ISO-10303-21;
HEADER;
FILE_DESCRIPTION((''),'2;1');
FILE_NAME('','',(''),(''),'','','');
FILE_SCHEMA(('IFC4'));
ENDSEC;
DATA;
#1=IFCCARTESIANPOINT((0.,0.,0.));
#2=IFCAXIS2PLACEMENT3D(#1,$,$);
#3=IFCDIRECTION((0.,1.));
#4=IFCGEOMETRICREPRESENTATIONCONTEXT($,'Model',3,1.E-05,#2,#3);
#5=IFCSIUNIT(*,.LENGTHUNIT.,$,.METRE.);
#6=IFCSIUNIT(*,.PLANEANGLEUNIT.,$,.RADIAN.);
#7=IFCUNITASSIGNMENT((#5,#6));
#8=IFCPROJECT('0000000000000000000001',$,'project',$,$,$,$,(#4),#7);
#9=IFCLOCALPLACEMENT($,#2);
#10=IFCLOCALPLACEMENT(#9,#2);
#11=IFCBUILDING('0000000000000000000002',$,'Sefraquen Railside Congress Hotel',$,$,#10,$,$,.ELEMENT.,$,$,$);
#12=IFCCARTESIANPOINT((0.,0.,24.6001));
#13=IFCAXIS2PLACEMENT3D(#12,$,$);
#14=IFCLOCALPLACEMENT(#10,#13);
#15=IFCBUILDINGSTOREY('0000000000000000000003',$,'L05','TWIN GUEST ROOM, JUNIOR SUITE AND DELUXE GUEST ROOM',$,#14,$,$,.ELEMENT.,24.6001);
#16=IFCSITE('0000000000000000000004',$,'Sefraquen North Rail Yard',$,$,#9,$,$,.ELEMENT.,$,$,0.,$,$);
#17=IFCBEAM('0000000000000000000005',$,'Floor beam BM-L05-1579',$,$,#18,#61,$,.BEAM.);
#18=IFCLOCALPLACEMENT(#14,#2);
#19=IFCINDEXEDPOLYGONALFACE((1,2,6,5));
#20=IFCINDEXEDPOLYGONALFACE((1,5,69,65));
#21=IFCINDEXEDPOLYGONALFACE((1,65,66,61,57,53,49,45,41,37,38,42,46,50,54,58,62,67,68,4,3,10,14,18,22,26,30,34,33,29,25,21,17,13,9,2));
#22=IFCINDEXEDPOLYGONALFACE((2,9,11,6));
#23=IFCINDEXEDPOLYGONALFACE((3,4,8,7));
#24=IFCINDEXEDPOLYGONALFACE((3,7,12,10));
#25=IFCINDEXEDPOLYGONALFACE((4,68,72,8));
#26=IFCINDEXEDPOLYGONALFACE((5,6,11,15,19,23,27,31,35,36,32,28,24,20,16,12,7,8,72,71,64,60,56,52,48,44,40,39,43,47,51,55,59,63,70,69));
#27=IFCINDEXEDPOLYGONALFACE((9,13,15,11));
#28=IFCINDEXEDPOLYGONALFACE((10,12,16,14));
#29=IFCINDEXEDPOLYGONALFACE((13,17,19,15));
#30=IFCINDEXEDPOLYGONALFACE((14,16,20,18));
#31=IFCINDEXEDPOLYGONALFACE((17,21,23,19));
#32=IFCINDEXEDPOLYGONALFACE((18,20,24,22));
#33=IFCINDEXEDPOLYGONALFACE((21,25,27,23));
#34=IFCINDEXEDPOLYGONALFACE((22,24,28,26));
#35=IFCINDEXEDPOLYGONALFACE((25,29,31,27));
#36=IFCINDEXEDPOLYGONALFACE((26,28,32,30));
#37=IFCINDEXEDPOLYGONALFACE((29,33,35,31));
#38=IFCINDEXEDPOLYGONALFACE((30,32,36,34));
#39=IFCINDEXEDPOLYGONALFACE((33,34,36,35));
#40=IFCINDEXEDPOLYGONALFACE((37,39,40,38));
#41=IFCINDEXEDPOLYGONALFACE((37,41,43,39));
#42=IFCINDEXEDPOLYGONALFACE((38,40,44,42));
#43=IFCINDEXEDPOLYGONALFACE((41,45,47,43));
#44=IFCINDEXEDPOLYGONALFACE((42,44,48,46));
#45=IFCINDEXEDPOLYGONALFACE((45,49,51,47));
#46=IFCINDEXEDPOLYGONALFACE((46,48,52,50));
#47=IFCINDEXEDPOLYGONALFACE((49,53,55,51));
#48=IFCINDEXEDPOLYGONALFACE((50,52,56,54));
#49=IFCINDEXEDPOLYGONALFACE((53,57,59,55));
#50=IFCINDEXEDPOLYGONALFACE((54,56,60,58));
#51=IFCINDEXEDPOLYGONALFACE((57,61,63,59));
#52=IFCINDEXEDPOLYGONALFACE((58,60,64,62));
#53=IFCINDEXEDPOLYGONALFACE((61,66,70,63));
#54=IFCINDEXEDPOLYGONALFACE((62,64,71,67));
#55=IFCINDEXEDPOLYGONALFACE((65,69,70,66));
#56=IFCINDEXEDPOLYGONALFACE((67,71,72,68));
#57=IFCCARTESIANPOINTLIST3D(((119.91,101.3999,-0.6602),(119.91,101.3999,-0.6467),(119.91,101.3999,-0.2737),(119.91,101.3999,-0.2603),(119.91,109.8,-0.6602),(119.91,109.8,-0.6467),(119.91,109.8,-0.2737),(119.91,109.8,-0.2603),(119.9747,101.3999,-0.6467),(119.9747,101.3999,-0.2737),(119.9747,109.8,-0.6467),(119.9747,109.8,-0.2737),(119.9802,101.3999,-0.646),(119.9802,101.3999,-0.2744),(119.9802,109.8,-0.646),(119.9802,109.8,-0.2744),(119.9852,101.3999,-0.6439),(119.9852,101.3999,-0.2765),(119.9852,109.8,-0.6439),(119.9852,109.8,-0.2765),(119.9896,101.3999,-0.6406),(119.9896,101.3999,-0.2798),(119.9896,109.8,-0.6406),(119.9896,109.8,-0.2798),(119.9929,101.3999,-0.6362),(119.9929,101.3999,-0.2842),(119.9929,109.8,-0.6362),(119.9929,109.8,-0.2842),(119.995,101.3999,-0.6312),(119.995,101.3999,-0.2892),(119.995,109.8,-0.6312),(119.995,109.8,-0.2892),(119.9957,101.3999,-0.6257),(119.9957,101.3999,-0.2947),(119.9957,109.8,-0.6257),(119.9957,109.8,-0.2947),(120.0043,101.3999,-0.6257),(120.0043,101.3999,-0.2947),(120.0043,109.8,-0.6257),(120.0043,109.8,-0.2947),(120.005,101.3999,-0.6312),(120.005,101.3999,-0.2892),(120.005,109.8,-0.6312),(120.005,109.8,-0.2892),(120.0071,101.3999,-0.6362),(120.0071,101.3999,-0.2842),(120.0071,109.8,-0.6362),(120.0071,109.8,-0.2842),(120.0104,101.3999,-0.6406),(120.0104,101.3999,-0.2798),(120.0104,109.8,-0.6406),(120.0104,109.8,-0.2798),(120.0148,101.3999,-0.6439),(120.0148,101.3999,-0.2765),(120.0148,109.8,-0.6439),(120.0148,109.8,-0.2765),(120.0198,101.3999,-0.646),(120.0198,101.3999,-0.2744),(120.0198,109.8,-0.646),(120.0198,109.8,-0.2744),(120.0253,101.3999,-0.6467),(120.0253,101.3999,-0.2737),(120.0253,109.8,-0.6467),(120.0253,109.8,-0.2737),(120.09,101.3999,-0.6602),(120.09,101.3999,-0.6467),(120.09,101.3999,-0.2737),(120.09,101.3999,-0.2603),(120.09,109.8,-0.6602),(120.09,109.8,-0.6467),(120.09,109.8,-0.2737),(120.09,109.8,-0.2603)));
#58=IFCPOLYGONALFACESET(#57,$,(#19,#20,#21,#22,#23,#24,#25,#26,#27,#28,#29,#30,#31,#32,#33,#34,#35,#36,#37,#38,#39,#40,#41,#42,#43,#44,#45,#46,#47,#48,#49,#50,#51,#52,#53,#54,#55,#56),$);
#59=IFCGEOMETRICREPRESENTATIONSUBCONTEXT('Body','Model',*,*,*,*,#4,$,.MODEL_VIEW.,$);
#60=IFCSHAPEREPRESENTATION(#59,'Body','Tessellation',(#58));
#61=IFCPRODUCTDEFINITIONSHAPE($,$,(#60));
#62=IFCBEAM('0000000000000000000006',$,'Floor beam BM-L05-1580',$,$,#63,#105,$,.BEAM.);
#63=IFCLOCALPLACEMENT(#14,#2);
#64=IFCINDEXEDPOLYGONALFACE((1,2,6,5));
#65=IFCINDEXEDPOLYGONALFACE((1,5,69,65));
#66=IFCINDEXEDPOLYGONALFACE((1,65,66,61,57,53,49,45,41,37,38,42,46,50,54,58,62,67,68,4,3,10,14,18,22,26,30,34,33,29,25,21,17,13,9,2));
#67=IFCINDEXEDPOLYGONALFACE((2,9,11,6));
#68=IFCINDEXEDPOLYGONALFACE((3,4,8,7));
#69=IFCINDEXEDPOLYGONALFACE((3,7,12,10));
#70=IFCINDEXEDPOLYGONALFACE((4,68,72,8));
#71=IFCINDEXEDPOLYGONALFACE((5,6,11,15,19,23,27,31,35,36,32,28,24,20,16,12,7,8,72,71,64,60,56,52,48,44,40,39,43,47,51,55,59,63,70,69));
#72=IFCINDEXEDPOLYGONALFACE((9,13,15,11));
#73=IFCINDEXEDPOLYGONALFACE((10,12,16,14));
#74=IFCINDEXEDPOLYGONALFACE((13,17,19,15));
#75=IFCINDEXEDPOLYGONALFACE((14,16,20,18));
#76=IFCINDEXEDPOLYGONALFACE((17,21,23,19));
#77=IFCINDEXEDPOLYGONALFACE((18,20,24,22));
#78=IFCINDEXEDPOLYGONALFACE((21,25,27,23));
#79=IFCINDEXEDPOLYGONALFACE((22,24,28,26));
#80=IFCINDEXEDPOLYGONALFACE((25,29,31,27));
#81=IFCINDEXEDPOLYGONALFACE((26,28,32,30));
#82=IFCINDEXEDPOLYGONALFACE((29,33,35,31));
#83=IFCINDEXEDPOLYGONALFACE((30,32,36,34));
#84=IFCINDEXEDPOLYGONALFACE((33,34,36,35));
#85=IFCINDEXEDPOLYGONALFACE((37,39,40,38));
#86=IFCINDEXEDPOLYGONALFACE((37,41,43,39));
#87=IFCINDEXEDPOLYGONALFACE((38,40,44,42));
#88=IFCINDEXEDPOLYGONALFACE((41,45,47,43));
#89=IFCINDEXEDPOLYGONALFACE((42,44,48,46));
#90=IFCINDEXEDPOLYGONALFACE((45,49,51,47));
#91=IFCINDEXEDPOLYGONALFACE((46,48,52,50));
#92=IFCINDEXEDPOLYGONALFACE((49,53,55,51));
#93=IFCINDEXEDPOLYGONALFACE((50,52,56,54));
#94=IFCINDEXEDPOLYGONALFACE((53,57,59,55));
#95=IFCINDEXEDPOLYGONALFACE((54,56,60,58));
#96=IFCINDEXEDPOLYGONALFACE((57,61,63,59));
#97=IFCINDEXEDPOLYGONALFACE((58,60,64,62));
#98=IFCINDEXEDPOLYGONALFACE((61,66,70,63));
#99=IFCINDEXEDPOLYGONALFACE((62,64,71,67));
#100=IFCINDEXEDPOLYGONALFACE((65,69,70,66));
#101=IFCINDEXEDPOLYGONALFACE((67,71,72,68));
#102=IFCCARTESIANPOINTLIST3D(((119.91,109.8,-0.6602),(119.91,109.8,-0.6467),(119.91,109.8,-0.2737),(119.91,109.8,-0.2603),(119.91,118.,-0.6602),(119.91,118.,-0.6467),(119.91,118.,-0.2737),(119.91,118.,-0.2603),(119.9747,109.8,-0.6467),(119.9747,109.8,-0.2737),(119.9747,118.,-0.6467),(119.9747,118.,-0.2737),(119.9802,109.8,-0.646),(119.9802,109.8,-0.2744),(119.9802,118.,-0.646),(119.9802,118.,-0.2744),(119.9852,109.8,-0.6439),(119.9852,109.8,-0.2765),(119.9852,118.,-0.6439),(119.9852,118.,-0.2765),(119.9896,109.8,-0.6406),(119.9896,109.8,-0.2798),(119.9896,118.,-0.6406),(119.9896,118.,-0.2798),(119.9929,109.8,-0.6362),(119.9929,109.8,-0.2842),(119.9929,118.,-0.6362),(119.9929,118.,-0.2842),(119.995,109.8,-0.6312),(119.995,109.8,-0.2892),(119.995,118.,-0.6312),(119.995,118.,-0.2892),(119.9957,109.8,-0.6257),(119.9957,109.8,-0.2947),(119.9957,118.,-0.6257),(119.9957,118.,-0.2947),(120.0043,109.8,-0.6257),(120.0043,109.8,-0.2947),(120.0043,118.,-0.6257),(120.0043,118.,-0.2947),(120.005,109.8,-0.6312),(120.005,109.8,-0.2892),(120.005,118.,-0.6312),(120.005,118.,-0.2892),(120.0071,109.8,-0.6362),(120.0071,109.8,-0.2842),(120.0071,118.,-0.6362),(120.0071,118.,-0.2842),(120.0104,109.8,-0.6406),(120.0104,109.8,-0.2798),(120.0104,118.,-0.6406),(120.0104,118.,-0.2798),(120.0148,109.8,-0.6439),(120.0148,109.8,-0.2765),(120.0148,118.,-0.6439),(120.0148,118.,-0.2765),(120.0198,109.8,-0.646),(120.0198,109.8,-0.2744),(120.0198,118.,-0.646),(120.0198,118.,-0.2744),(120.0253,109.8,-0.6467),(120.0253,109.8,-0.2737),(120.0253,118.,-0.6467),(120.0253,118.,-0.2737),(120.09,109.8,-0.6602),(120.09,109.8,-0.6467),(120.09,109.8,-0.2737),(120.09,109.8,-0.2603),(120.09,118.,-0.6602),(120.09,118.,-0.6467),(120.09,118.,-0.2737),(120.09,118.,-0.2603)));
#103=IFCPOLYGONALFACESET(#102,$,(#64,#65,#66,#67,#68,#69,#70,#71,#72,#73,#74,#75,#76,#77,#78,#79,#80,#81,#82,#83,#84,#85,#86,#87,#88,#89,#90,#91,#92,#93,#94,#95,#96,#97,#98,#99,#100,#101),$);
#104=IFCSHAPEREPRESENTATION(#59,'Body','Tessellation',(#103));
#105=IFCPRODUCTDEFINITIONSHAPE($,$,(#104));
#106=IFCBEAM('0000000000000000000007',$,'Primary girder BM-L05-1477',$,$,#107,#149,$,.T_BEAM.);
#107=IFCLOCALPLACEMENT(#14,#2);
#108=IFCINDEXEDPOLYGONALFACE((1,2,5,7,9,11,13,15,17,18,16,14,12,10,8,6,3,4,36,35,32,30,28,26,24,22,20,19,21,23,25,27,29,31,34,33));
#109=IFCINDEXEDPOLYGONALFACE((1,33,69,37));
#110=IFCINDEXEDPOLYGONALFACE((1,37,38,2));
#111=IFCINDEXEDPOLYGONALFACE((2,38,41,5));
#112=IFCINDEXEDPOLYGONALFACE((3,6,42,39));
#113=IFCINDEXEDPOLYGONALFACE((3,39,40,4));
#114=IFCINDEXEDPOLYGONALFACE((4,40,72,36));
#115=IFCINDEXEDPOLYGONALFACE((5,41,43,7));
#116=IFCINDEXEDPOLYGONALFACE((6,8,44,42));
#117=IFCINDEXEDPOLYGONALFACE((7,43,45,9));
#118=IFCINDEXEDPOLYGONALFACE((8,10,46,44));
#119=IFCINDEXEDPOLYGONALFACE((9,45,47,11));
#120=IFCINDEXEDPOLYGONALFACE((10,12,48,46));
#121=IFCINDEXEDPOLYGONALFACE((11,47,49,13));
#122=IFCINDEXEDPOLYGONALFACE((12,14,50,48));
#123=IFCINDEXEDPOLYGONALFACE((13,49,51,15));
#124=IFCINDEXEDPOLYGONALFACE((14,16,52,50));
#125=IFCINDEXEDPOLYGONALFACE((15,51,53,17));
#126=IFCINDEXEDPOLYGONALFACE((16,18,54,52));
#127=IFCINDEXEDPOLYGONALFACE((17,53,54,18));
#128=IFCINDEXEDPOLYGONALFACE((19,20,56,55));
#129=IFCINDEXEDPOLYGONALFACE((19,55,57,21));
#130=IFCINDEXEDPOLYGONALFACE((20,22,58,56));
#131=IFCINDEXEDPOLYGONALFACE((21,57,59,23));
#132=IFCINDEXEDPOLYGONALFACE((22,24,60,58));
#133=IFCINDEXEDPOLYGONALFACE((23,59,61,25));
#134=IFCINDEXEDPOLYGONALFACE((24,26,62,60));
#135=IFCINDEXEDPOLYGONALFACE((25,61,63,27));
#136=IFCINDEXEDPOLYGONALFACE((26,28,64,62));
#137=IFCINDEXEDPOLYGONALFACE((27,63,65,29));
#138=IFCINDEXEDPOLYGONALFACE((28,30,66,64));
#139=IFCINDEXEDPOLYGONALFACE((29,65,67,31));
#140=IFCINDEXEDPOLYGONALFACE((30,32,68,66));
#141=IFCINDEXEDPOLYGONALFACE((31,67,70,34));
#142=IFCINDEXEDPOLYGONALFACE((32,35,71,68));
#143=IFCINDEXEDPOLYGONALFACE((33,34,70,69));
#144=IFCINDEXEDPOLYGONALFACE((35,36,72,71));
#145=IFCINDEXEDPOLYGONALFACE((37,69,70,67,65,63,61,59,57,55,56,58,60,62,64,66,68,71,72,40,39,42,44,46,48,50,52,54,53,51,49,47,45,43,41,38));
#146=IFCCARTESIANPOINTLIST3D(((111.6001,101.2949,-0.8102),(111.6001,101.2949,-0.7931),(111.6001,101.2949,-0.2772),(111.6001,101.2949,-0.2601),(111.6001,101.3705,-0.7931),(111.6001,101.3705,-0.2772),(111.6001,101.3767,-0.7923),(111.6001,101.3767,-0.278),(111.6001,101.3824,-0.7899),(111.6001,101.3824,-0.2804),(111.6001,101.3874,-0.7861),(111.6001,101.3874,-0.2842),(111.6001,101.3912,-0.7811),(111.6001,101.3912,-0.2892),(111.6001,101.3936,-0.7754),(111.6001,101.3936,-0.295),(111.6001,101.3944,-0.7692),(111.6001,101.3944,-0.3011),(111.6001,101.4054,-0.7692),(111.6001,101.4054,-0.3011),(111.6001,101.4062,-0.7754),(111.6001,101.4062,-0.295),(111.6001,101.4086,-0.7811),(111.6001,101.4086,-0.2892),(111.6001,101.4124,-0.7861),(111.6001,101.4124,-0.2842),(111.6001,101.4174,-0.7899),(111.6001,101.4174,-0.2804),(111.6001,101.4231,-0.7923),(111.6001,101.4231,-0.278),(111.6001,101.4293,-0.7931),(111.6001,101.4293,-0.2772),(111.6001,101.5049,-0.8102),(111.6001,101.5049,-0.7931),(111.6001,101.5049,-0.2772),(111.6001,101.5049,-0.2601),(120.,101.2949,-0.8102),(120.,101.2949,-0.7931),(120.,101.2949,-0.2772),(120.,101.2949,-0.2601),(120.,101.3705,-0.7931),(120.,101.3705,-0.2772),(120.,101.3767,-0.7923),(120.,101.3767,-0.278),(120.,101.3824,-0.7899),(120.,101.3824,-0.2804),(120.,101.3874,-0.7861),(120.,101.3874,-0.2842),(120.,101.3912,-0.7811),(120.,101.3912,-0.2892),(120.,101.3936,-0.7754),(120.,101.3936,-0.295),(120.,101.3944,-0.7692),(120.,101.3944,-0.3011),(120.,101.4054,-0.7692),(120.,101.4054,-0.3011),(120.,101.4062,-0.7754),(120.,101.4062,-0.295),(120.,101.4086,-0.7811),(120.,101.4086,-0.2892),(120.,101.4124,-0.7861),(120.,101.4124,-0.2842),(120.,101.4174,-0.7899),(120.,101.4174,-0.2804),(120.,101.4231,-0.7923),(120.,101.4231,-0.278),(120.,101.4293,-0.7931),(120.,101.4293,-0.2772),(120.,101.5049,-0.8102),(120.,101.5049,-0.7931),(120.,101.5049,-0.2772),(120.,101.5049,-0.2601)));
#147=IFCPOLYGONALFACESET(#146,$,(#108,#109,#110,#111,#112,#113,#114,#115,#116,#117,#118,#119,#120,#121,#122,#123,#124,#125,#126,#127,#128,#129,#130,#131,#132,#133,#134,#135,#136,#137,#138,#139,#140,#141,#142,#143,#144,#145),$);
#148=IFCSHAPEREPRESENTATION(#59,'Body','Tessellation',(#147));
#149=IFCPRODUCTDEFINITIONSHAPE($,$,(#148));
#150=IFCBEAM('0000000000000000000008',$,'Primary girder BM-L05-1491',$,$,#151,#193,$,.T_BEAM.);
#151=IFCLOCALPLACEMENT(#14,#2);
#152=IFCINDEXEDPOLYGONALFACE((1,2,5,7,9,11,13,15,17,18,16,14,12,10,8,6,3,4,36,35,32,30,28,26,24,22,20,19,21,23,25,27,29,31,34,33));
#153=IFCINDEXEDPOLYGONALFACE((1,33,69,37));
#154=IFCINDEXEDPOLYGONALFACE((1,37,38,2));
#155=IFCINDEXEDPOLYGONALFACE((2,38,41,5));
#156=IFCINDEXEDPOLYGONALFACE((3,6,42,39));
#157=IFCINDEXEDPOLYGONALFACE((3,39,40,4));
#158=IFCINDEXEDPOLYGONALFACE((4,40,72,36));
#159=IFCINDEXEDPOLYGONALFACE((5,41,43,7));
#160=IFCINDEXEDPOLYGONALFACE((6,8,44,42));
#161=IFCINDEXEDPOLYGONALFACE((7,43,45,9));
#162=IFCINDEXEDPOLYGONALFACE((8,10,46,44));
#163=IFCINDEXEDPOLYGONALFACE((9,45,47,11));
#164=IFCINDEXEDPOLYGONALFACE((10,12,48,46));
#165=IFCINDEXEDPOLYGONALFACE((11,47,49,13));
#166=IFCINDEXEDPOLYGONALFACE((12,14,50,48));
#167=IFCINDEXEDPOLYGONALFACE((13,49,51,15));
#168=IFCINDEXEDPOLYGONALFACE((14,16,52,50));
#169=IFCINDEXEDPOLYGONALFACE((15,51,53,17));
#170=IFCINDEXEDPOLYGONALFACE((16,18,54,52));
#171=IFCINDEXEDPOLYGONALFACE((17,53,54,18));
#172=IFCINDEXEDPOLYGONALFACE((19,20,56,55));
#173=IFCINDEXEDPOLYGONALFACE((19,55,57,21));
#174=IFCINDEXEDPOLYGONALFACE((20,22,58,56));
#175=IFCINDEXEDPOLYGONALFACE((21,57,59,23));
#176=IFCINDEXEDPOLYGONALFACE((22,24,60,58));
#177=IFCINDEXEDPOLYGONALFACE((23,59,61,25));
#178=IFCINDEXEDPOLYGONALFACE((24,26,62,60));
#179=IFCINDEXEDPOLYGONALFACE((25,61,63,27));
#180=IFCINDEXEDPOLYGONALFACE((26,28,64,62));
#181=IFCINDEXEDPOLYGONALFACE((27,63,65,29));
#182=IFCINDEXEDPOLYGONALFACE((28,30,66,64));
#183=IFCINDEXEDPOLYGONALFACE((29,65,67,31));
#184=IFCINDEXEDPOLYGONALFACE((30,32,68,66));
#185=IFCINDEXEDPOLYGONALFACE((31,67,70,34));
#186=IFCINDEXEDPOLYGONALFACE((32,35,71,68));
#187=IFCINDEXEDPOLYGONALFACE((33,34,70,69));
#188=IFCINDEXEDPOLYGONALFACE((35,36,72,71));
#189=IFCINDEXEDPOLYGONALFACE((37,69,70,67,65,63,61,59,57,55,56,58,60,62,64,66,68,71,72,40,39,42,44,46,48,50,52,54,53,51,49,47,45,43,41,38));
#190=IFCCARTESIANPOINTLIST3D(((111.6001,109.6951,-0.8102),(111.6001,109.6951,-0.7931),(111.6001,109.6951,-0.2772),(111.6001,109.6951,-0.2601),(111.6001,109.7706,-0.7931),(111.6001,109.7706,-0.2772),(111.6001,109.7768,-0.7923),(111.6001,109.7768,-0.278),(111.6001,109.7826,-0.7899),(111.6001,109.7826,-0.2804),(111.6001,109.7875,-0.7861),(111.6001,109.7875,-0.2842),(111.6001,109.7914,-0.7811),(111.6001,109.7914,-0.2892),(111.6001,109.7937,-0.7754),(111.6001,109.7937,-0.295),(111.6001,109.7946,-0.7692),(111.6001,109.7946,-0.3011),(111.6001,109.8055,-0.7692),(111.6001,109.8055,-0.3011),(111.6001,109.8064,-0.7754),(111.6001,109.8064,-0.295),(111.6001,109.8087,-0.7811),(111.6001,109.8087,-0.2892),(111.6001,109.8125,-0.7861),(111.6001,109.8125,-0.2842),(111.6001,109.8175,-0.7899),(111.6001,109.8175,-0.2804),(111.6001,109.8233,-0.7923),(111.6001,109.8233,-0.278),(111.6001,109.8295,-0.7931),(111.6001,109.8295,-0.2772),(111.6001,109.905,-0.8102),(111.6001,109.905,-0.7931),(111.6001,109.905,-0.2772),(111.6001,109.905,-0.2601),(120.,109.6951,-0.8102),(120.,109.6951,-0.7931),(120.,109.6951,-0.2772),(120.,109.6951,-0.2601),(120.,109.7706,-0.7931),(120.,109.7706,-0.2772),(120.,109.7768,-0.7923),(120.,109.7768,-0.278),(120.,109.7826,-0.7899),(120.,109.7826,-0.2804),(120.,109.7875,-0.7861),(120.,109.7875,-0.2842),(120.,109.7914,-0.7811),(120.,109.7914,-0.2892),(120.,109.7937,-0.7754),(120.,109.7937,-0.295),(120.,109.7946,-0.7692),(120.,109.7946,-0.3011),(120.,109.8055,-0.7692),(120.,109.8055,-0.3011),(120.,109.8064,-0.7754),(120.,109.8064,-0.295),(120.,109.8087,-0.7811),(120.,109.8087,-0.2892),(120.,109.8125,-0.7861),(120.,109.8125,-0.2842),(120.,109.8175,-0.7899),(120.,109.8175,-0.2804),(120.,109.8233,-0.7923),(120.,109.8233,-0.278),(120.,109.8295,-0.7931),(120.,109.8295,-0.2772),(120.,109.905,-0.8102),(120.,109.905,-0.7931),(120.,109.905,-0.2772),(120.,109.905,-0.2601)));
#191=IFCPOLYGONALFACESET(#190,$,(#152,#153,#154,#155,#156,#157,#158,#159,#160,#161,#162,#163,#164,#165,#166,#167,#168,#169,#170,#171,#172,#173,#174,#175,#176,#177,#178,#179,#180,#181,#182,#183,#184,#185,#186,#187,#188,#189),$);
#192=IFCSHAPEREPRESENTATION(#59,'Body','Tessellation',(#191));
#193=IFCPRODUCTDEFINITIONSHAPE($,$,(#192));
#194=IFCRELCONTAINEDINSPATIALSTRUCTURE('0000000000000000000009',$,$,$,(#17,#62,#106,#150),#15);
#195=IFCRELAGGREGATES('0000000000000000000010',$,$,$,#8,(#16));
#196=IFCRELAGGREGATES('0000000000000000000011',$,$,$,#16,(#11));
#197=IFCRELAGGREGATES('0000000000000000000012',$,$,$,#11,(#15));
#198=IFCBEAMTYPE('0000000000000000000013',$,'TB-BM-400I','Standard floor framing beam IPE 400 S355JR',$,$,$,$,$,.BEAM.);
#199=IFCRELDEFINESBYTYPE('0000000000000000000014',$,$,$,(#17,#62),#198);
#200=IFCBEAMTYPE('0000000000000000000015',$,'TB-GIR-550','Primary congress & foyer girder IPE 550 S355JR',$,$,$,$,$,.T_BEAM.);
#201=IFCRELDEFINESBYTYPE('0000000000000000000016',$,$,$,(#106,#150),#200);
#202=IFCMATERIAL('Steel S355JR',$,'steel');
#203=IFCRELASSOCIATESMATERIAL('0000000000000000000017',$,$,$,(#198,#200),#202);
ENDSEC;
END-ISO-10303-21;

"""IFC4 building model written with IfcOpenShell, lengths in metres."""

from ifc_helpers import new_model, si_unit, direction, frame, origin, origin_2d, place, context, subcontext, project, spatial, i_section, extrude, material, material_profile, profile_set, type_object, element, save


model = new_model("IFC4")

# Units and contexts
model_context = context("Model", 3, precision=1e-05, world=origin(), true_north=direction((0.0, 1.0)))
body_context = subcontext(model_context, "Body", "Model", "MODEL_VIEW")
ifc_project = project(units=[si_unit("LENGTHUNIT", "METRE"), si_unit("PLANEANGLEUNIT", "RADIAN")], contexts=[model_context])

# Site, building, storey
site_placement = place(None, origin())
site = spatial("IfcSite", under=ifc_project, at=site_placement, Name="Sefraquen North Rail Yard", CompositionType="ELEMENT", RefElevation=0.0)
building_placement = place(site_placement, origin())
building = spatial("IfcBuilding", under=site, at=building_placement, Name="Sefraquen Railside Congress Hotel", CompositionType="ELEMENT")
storey_placement = place(building_placement, frame((0.0, 0.0, 24.6001)))
storey = spatial("IfcBuildingStorey", under=building, at=storey_placement, Name="L05", Description="TWIN GUEST ROOM, JUNIOR SUITE AND DELUXE GUEST ROOM", CompositionType="ELEMENT", Elevation=24.6001)

# Shared definitions
ifc_material_1 = material(Name="Steel S355JR", Category="steel")

# Beams
ifc_material_profile_1 = material_profile(ifc_material_1, i_section(OverallWidth=0.1799, OverallDepth=0.3999, WebThickness=0.0085, FlangeThickness=0.0134, FilletRadius=0.021, at=origin_2d()), Name="IPE 400")
ifc_profile_set_1 = profile_set([ifc_material_profile_1], Name="Steel S355JR")
beam_type_1 = type_object("IfcBeamType", Name="TB-BM-400I", Description="Standard floor framing beam IPE 400 S355JR", PredefinedType="BEAM", material=ifc_profile_set_1)
beam_1_placement = place(storey_placement, frame((120.0, 101.3999, -0.4602), z_axis=(0.0, 1.0, 0.0), x_axis=(-1.0, 0.0, 0.0)))
element("IfcBeam", 1, at=beam_1_placement, inside=storey, type_object=beam_type_1, Name="Floor beam BM-L05-1579", PredefinedType="BEAM", context=body_context, shape_type="SweptSolid", body=[
    extrude(i_section(OverallWidth=0.1799, OverallDepth=0.3999, WebThickness=0.0085, FlangeThickness=0.0134, FilletRadius=0.021, at=origin_2d()), origin(), (0.0, 0.0, 1.0), 8.4001),
])
beam_2_placement = place(storey_placement, frame((120.0, 109.8, -0.4602), z_axis=(0.0, 1.0, 0.0), x_axis=(-1.0, 0.0, 0.0)))
element("IfcBeam", 2, at=beam_2_placement, inside=storey, type_object=beam_type_1, Name="Floor beam BM-L05-1580", PredefinedType="BEAM", context=body_context, shape_type="SweptSolid", body=[
    extrude(i_section(OverallWidth=0.1799, OverallDepth=0.3999, WebThickness=0.0085, FlangeThickness=0.0134, FilletRadius=0.021, at=origin_2d()), origin(), (0.0, 0.0, 1.0), 8.2),
])
ifc_material_profile_2 = material_profile(ifc_material_1, i_section(OverallWidth=0.21, OverallDepth=0.55, WebThickness=0.011, FlangeThickness=0.0171, FilletRadius=0.0239, at=origin_2d()), Name="IPE 550")
ifc_profile_set_2 = profile_set([ifc_material_profile_2], Name="Steel S355JR")
beam_type_2 = type_object("IfcBeamType", Name="TB-GIR-550", Description="Primary congress & foyer girder IPE 550 S355JR", PredefinedType="T_BEAM", material=ifc_profile_set_2)
for number, where, z_axis, x_axis, name in (
    (3, (111.6001, 101.3999, -0.5352), (1.0, 0.0, 0.0), (0.0, 1.0, 0.0), "Primary girder BM-L05-1477"),
    (4, (111.6001, 109.8, -0.5352), (1.0, 0.0, 0.0), (0.0, 1.0, 0.0), "Primary girder BM-L05-1491"),
):
    element("IfcBeam", number, at=place(storey_placement, frame(where, z_axis=z_axis, x_axis=x_axis)), inside=storey, type_object=beam_type_2, Name=name, PredefinedType="T_BEAM", context=body_context, shape_type="SweptSolid", body=[
        extrude(i_section(OverallWidth=0.21, OverallDepth=0.55, WebThickness=0.011, FlangeThickness=0.0171, FilletRadius=0.0239, at=origin_2d()), origin(), (0.0, 0.0, 1.0), 8.3999),
    ])

save(model, "model.ifc")
